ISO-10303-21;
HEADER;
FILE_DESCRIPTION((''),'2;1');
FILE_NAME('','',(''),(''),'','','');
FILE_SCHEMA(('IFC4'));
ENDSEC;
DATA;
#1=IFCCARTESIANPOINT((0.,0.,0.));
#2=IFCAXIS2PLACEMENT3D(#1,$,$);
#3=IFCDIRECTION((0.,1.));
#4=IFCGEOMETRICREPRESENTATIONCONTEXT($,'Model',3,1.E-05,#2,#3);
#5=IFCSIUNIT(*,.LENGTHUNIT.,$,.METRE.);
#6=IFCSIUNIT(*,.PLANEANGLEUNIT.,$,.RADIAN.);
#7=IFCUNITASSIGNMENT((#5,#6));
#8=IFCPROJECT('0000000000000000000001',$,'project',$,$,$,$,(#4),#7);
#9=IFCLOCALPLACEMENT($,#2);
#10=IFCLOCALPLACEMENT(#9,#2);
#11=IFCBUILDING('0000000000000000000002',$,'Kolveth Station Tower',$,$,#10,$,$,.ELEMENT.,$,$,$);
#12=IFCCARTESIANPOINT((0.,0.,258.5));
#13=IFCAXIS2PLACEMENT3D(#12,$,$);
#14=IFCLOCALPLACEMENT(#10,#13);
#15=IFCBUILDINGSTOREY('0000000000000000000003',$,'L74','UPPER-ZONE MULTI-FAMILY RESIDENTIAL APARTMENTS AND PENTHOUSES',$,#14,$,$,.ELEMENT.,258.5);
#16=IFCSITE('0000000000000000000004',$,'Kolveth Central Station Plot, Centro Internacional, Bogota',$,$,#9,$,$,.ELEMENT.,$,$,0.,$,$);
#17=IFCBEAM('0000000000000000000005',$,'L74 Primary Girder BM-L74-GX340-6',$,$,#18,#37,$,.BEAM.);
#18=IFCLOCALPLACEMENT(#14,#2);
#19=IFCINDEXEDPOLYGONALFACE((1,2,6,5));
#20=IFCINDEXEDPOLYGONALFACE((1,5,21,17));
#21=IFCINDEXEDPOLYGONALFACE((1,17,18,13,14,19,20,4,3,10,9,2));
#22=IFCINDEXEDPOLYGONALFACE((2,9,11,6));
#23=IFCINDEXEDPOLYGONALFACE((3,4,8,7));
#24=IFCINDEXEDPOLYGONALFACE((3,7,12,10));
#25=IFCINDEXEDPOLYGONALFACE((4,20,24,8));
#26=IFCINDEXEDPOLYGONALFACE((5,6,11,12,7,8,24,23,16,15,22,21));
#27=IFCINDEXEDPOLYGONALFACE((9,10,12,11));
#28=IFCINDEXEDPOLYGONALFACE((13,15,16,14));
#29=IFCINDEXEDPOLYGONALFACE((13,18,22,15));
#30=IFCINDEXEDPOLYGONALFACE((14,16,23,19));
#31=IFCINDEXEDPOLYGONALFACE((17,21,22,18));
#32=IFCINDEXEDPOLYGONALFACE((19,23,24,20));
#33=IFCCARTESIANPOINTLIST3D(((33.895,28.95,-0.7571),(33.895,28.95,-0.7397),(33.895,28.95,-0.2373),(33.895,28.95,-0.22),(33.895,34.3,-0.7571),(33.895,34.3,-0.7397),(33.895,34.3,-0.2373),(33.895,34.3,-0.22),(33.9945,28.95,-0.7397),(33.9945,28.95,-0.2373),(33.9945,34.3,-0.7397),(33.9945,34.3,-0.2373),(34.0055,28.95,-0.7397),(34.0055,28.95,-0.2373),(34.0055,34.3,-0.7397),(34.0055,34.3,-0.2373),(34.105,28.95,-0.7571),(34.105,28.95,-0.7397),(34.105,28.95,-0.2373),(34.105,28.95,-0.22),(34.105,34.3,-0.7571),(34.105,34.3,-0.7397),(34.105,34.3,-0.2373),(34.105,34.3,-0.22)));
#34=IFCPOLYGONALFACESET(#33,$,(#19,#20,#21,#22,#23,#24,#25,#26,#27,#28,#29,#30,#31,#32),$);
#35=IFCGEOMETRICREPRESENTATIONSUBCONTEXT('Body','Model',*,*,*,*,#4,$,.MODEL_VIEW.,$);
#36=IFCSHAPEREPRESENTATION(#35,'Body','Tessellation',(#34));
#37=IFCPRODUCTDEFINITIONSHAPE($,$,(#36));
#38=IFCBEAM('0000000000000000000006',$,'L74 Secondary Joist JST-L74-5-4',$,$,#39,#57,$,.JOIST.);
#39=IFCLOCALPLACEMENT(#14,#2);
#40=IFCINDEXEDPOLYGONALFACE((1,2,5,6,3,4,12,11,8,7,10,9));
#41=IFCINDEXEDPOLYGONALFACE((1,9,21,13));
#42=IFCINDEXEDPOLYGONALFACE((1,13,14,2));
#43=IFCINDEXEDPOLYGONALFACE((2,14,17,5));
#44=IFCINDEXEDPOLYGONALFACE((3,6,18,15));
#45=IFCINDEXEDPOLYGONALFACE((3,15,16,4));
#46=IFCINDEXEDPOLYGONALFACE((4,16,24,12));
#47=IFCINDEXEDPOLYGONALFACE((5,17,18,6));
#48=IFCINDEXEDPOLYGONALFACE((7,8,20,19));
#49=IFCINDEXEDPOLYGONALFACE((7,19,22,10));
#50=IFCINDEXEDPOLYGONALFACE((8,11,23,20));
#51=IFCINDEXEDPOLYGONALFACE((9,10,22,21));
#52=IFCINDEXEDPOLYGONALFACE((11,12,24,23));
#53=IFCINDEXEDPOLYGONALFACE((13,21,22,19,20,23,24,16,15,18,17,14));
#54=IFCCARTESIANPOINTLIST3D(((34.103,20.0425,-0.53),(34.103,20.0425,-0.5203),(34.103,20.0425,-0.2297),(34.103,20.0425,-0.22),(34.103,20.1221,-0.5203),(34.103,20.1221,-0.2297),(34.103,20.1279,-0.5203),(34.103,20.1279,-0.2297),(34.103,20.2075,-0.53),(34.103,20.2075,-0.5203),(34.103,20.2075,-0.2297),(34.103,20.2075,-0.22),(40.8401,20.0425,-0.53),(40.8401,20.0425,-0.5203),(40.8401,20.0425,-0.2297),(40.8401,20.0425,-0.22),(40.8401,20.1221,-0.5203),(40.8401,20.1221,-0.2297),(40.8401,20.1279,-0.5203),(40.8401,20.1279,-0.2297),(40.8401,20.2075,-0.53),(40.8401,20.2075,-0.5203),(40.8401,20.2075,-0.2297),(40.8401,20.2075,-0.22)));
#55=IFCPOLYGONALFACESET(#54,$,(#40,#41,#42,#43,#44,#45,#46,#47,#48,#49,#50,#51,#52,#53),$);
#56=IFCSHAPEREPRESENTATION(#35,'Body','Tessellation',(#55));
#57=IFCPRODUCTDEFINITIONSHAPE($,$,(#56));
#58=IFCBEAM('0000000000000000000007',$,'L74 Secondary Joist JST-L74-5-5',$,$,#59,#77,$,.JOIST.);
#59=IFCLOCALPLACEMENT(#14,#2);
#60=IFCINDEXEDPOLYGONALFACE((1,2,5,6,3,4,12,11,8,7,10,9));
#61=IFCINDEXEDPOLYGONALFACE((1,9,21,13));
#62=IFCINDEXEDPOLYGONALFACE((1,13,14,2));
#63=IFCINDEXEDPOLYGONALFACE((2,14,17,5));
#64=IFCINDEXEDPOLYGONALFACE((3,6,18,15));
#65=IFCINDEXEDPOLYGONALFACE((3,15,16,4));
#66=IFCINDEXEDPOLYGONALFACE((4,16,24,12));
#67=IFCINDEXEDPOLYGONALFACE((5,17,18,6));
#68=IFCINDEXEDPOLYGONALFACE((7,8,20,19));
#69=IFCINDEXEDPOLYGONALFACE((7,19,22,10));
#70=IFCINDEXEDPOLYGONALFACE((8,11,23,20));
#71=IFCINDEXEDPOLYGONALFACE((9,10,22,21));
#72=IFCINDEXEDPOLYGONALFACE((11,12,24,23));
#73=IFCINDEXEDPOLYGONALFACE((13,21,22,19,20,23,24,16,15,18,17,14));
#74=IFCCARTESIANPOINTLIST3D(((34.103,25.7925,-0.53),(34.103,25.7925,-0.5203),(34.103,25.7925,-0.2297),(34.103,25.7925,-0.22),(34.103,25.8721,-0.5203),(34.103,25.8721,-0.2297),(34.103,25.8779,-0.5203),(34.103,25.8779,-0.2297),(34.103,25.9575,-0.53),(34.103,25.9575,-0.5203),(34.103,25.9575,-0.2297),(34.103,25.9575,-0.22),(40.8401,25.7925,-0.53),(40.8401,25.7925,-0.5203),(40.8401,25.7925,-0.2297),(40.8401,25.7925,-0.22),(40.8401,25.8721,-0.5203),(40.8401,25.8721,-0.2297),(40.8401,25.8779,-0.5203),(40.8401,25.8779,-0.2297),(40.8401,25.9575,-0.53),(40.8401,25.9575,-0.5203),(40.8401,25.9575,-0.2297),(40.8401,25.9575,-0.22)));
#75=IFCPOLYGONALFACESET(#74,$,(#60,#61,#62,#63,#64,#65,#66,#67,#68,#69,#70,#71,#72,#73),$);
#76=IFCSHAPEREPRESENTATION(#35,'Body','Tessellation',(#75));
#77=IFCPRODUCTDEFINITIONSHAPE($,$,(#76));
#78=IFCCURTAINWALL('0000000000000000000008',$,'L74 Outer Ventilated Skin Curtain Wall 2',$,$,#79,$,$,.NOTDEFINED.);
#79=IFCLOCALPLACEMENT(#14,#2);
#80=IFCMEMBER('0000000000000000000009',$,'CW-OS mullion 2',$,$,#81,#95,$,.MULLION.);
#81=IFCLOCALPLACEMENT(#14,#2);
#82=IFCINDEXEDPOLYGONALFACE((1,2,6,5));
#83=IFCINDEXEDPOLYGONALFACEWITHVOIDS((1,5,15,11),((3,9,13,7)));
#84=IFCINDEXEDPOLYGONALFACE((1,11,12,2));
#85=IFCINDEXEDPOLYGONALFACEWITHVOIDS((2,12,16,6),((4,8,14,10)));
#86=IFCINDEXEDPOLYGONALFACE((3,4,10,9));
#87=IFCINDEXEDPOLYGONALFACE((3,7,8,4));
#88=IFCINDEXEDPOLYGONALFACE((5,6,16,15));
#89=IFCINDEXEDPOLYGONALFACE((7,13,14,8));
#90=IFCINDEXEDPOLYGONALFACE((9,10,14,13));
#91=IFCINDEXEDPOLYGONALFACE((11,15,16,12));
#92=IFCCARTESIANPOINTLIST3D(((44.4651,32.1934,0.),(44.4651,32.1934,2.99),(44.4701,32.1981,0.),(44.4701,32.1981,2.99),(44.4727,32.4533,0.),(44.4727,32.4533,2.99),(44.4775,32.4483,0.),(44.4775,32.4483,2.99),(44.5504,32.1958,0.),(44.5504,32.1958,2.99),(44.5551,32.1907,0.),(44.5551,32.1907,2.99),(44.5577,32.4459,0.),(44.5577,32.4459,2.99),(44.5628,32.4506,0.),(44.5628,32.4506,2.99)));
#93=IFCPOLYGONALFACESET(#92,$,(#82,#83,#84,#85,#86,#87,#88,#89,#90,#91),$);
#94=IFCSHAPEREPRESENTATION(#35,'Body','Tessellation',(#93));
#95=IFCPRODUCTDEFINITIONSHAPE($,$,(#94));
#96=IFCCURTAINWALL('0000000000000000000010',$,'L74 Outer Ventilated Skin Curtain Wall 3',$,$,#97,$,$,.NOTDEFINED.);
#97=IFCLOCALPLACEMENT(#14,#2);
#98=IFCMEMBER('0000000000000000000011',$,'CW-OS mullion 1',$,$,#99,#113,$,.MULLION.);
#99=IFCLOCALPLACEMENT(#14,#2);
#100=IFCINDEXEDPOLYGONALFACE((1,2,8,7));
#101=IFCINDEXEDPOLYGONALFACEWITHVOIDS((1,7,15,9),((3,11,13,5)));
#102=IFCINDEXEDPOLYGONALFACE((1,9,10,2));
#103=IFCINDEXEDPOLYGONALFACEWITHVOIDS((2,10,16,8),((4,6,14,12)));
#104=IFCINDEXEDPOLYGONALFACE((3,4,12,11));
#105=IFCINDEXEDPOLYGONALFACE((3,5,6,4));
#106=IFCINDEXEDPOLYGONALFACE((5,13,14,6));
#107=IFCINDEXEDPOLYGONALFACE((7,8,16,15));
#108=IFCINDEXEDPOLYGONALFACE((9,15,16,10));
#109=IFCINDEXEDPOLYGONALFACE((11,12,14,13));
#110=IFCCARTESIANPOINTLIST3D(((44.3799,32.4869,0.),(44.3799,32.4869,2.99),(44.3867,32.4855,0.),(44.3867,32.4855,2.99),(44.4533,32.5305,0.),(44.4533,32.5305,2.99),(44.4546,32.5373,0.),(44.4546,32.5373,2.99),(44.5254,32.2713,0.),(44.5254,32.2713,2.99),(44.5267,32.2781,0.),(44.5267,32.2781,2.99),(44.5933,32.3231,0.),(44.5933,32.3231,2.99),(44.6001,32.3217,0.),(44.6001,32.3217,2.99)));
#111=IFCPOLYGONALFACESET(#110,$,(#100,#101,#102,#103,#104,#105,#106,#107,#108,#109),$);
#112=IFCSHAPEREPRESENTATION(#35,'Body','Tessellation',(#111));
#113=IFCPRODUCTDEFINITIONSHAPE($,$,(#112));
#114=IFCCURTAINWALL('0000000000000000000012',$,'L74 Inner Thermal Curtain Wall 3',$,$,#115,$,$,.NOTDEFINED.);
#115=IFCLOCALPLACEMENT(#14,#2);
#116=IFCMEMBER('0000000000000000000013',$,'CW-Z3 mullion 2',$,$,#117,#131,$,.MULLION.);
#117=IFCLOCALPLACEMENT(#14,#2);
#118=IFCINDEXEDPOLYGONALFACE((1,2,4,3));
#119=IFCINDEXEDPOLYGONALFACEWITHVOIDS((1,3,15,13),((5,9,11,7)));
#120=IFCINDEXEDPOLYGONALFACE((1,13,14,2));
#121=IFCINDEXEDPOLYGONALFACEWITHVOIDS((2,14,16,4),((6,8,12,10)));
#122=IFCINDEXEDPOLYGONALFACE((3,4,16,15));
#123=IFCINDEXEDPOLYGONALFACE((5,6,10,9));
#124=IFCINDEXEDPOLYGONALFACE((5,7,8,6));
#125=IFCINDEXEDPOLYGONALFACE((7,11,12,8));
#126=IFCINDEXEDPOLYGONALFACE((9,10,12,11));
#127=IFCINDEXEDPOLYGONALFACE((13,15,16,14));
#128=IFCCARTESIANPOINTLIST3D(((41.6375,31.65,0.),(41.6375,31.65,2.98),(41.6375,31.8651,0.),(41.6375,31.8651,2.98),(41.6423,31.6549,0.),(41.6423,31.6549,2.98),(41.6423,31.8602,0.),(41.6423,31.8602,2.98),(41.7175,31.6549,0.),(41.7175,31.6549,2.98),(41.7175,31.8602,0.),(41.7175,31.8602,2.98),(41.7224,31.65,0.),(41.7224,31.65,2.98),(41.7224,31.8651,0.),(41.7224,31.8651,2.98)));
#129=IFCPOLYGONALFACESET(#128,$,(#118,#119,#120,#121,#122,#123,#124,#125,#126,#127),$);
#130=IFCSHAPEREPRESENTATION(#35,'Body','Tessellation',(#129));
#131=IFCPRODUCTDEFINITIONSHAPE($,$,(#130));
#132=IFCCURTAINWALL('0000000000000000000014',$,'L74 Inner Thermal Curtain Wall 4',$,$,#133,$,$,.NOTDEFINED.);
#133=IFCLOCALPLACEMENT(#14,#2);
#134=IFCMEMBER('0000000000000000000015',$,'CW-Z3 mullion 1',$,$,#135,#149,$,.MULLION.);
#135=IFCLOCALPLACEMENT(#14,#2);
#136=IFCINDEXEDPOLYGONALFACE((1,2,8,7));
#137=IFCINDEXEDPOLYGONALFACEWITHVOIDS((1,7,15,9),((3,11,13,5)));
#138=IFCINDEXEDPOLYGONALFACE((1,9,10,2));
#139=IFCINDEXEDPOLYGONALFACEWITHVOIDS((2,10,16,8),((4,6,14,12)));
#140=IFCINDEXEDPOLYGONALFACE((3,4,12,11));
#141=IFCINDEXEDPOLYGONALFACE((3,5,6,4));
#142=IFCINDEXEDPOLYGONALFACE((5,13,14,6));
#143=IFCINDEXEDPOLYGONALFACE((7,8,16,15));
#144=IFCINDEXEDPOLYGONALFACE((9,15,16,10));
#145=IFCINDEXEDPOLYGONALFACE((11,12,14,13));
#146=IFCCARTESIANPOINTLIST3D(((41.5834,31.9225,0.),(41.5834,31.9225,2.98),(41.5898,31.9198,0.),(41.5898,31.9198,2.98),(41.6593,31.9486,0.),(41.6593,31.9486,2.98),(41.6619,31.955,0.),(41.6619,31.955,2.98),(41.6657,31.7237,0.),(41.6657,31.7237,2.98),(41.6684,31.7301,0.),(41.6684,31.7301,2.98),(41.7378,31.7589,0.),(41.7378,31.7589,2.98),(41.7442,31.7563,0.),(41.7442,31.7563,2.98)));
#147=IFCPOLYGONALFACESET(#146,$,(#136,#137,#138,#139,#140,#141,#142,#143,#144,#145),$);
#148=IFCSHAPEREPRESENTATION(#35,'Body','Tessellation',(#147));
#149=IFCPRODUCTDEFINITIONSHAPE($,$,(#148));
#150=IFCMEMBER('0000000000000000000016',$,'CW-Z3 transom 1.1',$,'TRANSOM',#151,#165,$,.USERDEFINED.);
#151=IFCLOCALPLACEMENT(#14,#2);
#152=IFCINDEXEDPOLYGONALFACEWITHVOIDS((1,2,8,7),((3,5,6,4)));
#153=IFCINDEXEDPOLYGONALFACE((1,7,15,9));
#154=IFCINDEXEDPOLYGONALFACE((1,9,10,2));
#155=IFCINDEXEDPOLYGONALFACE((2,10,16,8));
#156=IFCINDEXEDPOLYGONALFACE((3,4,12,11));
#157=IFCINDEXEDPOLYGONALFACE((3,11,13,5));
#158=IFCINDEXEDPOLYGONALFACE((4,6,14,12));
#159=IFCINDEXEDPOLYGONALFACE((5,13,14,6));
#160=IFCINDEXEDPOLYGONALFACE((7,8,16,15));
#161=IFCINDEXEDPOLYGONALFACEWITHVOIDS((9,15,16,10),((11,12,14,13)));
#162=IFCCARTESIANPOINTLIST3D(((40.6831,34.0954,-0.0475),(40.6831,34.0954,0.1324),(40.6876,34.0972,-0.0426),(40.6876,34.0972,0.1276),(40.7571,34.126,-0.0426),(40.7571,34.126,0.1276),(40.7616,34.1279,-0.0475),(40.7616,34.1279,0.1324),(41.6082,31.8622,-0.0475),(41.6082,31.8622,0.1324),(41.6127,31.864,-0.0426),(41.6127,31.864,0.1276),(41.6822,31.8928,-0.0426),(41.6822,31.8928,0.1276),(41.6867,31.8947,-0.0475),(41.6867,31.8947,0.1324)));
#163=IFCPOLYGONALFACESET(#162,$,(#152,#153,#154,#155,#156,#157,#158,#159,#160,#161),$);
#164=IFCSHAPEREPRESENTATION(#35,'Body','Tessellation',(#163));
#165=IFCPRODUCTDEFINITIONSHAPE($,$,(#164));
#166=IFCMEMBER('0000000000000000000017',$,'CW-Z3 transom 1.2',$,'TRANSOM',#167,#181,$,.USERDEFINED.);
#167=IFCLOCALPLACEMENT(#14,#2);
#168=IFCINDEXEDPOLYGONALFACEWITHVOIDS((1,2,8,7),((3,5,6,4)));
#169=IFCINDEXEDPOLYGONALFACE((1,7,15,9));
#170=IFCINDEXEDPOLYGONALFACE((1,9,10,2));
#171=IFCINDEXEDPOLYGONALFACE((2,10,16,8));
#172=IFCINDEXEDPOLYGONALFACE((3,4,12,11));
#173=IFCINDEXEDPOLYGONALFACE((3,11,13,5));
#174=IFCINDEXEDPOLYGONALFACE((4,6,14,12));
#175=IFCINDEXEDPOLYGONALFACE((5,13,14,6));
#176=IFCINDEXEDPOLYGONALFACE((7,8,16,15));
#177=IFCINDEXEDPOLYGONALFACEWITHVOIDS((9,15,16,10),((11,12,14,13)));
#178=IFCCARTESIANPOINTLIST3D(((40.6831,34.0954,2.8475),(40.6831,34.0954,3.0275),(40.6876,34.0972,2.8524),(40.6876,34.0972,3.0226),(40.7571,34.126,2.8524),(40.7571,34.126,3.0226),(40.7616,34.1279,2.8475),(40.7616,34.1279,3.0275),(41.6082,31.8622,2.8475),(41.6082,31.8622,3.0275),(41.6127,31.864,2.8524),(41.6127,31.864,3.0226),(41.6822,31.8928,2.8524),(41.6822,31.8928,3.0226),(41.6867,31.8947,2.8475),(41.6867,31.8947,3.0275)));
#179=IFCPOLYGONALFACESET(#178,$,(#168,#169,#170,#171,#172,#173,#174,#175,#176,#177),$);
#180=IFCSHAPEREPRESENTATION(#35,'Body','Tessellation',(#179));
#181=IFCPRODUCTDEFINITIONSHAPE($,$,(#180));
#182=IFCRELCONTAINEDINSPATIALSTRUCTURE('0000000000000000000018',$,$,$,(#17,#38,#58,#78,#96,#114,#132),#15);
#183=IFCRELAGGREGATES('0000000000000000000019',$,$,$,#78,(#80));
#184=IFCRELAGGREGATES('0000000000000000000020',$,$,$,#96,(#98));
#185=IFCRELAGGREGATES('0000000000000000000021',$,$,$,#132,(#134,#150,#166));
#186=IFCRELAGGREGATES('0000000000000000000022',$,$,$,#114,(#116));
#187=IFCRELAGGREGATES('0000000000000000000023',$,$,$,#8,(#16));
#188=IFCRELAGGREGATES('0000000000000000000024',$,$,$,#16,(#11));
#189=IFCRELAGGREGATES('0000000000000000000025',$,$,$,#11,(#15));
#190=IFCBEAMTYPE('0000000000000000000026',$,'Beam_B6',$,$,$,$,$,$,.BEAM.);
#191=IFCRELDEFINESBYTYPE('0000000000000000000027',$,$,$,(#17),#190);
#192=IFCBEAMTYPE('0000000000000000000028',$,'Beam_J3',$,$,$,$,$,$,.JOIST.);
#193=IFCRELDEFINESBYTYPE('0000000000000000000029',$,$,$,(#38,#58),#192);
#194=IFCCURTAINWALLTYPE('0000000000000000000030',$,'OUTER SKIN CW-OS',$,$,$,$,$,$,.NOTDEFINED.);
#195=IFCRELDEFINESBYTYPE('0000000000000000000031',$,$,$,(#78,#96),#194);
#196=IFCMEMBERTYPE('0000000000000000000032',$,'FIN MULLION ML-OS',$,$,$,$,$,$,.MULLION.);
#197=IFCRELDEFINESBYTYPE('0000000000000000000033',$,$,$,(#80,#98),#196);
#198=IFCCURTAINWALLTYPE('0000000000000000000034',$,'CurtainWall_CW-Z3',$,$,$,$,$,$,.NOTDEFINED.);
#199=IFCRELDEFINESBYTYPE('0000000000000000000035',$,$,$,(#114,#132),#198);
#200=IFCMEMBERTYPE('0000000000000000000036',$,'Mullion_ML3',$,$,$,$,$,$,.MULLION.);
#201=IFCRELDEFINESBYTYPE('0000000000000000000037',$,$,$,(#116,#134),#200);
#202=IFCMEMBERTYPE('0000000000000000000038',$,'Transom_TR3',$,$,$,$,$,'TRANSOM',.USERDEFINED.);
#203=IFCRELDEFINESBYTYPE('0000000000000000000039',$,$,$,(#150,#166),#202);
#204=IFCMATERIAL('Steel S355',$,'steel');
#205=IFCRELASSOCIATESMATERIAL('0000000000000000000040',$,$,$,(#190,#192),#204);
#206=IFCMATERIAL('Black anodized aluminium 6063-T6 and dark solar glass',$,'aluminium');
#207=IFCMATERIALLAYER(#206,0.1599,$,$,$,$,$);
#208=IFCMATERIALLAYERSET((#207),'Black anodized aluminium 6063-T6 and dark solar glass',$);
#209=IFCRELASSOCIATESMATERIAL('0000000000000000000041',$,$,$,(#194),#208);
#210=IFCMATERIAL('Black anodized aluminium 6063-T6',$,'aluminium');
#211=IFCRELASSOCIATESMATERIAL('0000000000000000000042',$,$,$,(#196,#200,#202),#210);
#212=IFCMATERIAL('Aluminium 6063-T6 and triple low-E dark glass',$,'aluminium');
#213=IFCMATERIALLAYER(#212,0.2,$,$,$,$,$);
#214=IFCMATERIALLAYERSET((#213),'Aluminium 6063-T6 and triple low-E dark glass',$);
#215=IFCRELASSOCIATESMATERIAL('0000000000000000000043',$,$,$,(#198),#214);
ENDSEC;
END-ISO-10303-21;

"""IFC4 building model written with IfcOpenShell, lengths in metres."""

from ifc_helpers import new_model, si_unit, direction, frame, origin, origin_2d, place, context, subcontext, project, spatial, hollow_rectangle, i_section, extrude, source, transform, mapped, material, layer, layer_set, material_profile, profile_set, type_object, element, aggregate, save


model = new_model("IFC4")

# Units and contexts
model_context = context("Model", 3, precision=1e-05, world=origin(), true_north=direction((0.0, 1.0)))
body_context = subcontext(model_context, "Body", "Model", "MODEL_VIEW")
ifc_project = project(units=[si_unit("LENGTHUNIT", "METRE"), si_unit("PLANEANGLEUNIT", "RADIAN")], contexts=[model_context])

# Site, building, storey
site_placement = place(None, origin())
site = spatial("IfcSite", under=ifc_project, at=site_placement, Name="Kolveth Central Station Plot, Centro Internacional, Bogota", CompositionType="ELEMENT", RefElevation=0.0)
building_placement = place(site_placement, origin())
building = spatial("IfcBuilding", under=site, at=building_placement, Name="Kolveth Station Tower", CompositionType="ELEMENT")
storey_placement = place(building_placement, frame((0.0, 0.0, 258.5)))
storey = spatial("IfcBuildingStorey", under=building, at=storey_placement, Name="L74", Description="UPPER-ZONE MULTI-FAMILY RESIDENTIAL APARTMENTS AND PENTHOUSES", CompositionType="ELEMENT", Elevation=258.5)

# Shared definitions
ifc_material_1 = material(Name="Steel S355", Category="steel")

# Beams
ifc_material_profile_1 = material_profile(ifc_material_1, i_section(OverallWidth=0.21, OverallDepth=0.5371, WebThickness=0.011, FlangeThickness=0.0173, at=origin_2d()), Name="W530x101")
ifc_profile_set_1 = profile_set([ifc_material_profile_1], Name="Steel S355")
beam_type_1 = type_object("IfcBeamType", Name="Beam_B6", PredefinedType="BEAM", material=ifc_profile_set_1)
shared_shape_1 = source(origin(), body_context, "Body", "SweptSolid", [
    extrude(i_section(OverallWidth=0.21, OverallDepth=0.5371, WebThickness=0.011, FlangeThickness=0.0173, at=origin_2d()), origin(), (0.0, 0.0, 1.0), 5.3501),
])
beam_1_placement = place(storey_placement, frame((34.0, 28.95, -0.4885), z_axis=(0.0, 1.0, 0.0), x_axis=(-1.0, 0.0, 0.0)))
element("IfcBeam", 1, at=beam_1_placement, inside=storey, type_object=beam_type_1, Name="L74 Primary Girder BM-L74-GX340-6", PredefinedType="BEAM", context=body_context, shape_type="MappedRepresentation", body=[
    mapped(shared_shape_1, transform((0.0, 0.0, 0.0), x_axis=(1.0, 0.0, 0.0), y_axis=(0.0, 1.0, 0.0), z_axis=(0.0, 0.0, 1.0), scale=1.0)),
])
ifc_material_profile_2 = material_profile(ifc_material_1, i_section(OverallWidth=0.165, OverallDepth=0.3101, WebThickness=0.0059, FlangeThickness=0.0098, at=origin_2d()), Name="W310x39")
ifc_profile_set_2 = profile_set([ifc_material_profile_2], Name="Steel S355")
beam_type_2 = type_object("IfcBeamType", Name="Beam_J3", PredefinedType="JOIST", material=ifc_profile_set_2)
shared_shape_2 = source(origin(), body_context, "Body", "SweptSolid", [
    extrude(i_section(OverallWidth=0.165, OverallDepth=0.3101, WebThickness=0.0059, FlangeThickness=0.0098, at=origin_2d()), origin(), (0.0, 0.0, 1.0), 6.7371),
])
for number, where, z_axis, x_axis, name in (
    (2, (34.103, 20.125, -0.375), (1.0, 0.0, 0.0), (0.0, 1.0, 0.0), "L74 Secondary Joist JST-L74-5-4"),
    (3, (34.103, 25.875, -0.375), (1.0, 0.0, 0.0), (0.0, 1.0, 0.0), "L74 Secondary Joist JST-L74-5-5"),
):
    element("IfcBeam", number, at=place(storey_placement, frame(where, z_axis=z_axis, x_axis=x_axis)), inside=storey, type_object=beam_type_2, Name=name, PredefinedType="JOIST", context=body_context, shape_type="MappedRepresentation", body=[
        mapped(shared_shape_2, transform((0.0, 0.0, 0.0), x_axis=(1.0, 0.0, 0.0), y_axis=(0.0, 1.0, 0.0), z_axis=(0.0, 0.0, 1.0), scale=1.0)),
    ])

# Curtain walls, members
ifc_material_2 = material(Name="Black anodized aluminium 6063-T6 and dark solar glass", Category="aluminium")
ifc_layer_1 = layer(ifc_material_2, 0.1599)
ifc_layer_set_1 = layer_set([ifc_layer_1], Name="Black anodized aluminium 6063-T6 and dark solar glass")
curtain_wall_type_1 = type_object("IfcCurtainWallType", Name="OUTER SKIN CW-OS", PredefinedType="NOTDEFINED", material=ifc_layer_set_1)
curtain_wall_1_placement = place(storey_placement, origin())
curtain_wall_1 = element("IfcCurtainWall", 4, at=curtain_wall_1_placement, inside=storey, type_object=curtain_wall_type_1, Name="L74 Outer Ventilated Skin Curtain Wall 2", PredefinedType="NOTDEFINED")
ifc_material_3 = material(Name="Black anodized aluminium 6063-T6", Category="aluminium")
ifc_material_profile_3 = material_profile(ifc_material_3, hollow_rectangle(XDim=0.0901, YDim=0.26, WallThickness=0.0049, at=origin_2d()), Name="ALU-90x260x5")
ifc_profile_set_3 = profile_set([ifc_material_profile_3], Name="Black anodized aluminium 6063-T6")
member_type_1 = type_object("IfcMemberType", Name="FIN MULLION ML-OS", PredefinedType="MULLION", material=ifc_profile_set_3)
shared_shape_3 = source(origin(), body_context, "Body", "SweptSolid", [
    extrude(hollow_rectangle(XDim=0.0901, YDim=0.26, WallThickness=0.0049, at=origin_2d()), origin(), (0.0, 0.0, 1.0), 2.99),
])
member_1_placement = place(storey_placement, frame((44.5139, 32.322, 0.0), z_axis=(0.0, 0.0, 1.0), x_axis=(-0.999567, 0.029433, 0.0)))
member_1 = element("IfcMember", 5, at=member_1_placement, type_object=member_type_1, Name="CW-OS mullion 2", PredefinedType="MULLION", context=body_context, shape_type="MappedRepresentation", body=[
    mapped(shared_shape_3, transform((0.0, 0.0, 0.0), x_axis=(1.0, 0.0, 0.0), y_axis=(0.0, 1.0, 0.0), z_axis=(0.0, 0.0, 1.0), scale=1.0)),
])
aggregate(curtain_wall_1, [member_1])
curtain_wall_2_placement = place(storey_placement, origin())
curtain_wall_2 = element("IfcCurtainWall", 6, at=curtain_wall_2_placement, inside=storey, type_object=curtain_wall_type_1, Name="L74 Outer Ventilated Skin Curtain Wall 3", PredefinedType="NOTDEFINED")
member_2_placement = place(storey_placement, frame((44.49, 32.4043, 0.0), z_axis=(0.0, 0.0, 1.0), x_axis=(-0.828883, -0.559422, 0.0)))
member_2 = element("IfcMember", 7, at=member_2_placement, type_object=member_type_1, Name="CW-OS mullion 1", PredefinedType="MULLION", context=body_context, shape_type="MappedRepresentation", body=[
    mapped(shared_shape_3, transform((0.0, 0.0, 0.0), x_axis=(1.0, 0.0, 0.0), y_axis=(0.0, 1.0, 0.0), z_axis=(0.0, 0.0, 1.0), scale=1.0)),
])
aggregate(curtain_wall_2, [member_2])
ifc_material_4 = material(Name="Aluminium 6063-T6 and triple low-E dark glass", Category="aluminium")
ifc_layer_2 = layer(ifc_material_4, 0.2)
ifc_layer_set_2 = layer_set([ifc_layer_2], Name="Aluminium 6063-T6 and triple low-E dark glass")
curtain_wall_type_2 = type_object("IfcCurtainWallType", Name="CurtainWall_CW-Z3", PredefinedType="NOTDEFINED", material=ifc_layer_set_2)
curtain_wall_3_placement = place(storey_placement, origin())
curtain_wall_3 = element("IfcCurtainWall", 8, at=curtain_wall_3_placement, inside=storey, type_object=curtain_wall_type_2, Name="L74 Inner Thermal Curtain Wall 3", PredefinedType="NOTDEFINED")
ifc_material_profile_4 = material_profile(ifc_material_3, hollow_rectangle(XDim=0.085, YDim=0.2151, WallThickness=0.0049, at=origin_2d()), Name="ALU-85x215x5")
ifc_profile_set_4 = profile_set([ifc_material_profile_4], Name="Black anodized aluminium 6063-T6")
member_type_2 = type_object("IfcMemberType", Name="Mullion_ML3", PredefinedType="MULLION", material=ifc_profile_set_4)
shared_shape_4 = source(origin(), body_context, "Body", "SweptSolid", [
    extrude(hollow_rectangle(XDim=0.085, YDim=0.2151, WallThickness=0.0049, at=origin_2d()), origin(), (0.0, 0.0, 1.0), 2.98),
])
member_3_placement = place(storey_placement, frame((41.6799, 31.7576, 0.0), z_axis=(0.0, 0.0, 1.0), x_axis=(-1.0, 0.0, 0.0)))
member_3 = element("IfcMember", 9, at=member_3_placement, type_object=member_type_2, Name="CW-Z3 mullion 2", PredefinedType="MULLION", context=body_context, shape_type="MappedRepresentation", body=[
    mapped(shared_shape_4, transform((0.0, 0.0, 0.0), x_axis=(1.0, 0.0, 0.0), y_axis=(0.0, 1.0, 0.0), z_axis=(0.0, 0.0, 1.0), scale=1.0)),
])

# Curtain wall, members
curtain_wall_4_placement = place(storey_placement, origin())
curtain_wall_4 = element("IfcCurtainWall", 10, at=curtain_wall_4_placement, inside=storey, type_object=curtain_wall_type_2, Name="L74 Inner Thermal Curtain Wall 4", PredefinedType="NOTDEFINED")
member_4_placement = place(storey_placement, frame((41.6638, 31.8394, 0.0), z_axis=(0.0, 0.0, 1.0), x_axis=(-0.923875, -0.382693, 0.0)))
member_4 = element("IfcMember", 11, at=member_4_placement, type_object=member_type_2, Name="CW-Z3 mullion 1", PredefinedType="MULLION", context=body_context, shape_type="MappedRepresentation", body=[
    mapped(shared_shape_4, transform((0.0, 0.0, 0.0), x_axis=(1.0, 0.0, 0.0), y_axis=(0.0, 1.0, 0.0), z_axis=(0.0, 0.0, 1.0), scale=1.0)),
])
ifc_material_profile_5 = material_profile(ifc_material_3, hollow_rectangle(XDim=0.085, YDim=0.1799, WallThickness=0.0049, at=origin_2d()), Name="ALU-85x180x5")
ifc_profile_set_5 = profile_set([ifc_material_profile_5], Name="Black anodized aluminium 6063-T6")
member_type_3 = type_object("IfcMemberType", Name="Transom_TR3", ElementType="TRANSOM", PredefinedType="USERDEFINED", material=ifc_profile_set_5)
shared_shape_5 = source(origin(), body_context, "Body", "SweptSolid", [
    extrude(hollow_rectangle(XDim=0.085, YDim=0.1799, WallThickness=0.0049, at=origin_2d()), origin(), (0.0, 0.0, 1.0), 2.4172),
])
member_5_placement = place(storey_placement, frame((41.6475, 31.8784, 0.0425), z_axis=(-0.3827, 0.923873, 0.0), x_axis=(-0.923873, -0.3827, 0.0)))
member_5 = element("IfcMember", 12, at=member_5_placement, type_object=member_type_3, Name="CW-Z3 transom 1.1", ObjectType="TRANSOM", PredefinedType="USERDEFINED", context=body_context, shape_type="MappedRepresentation", body=[
    mapped(shared_shape_5, transform((0.0, 0.0, 0.0), x_axis=(1.0, 0.0, 0.0), y_axis=(0.0, 1.0, 0.0), z_axis=(0.0, 0.0, 1.0), scale=1.0)),
])
member_6_placement = place(storey_placement, frame((41.6475, 31.8784, 2.9375), z_axis=(-0.3827, 0.923873, 0.0), x_axis=(-0.923873, -0.3827, 0.0)))
member_6 = element("IfcMember", 13, at=member_6_placement, type_object=member_type_3, Name="CW-Z3 transom 1.2", ObjectType="TRANSOM", PredefinedType="USERDEFINED", context=body_context, shape_type="MappedRepresentation", body=[
    mapped(shared_shape_5, transform((0.0, 0.0, 0.0), x_axis=(1.0, 0.0, 0.0), y_axis=(0.0, 1.0, 0.0), z_axis=(0.0, 0.0, 1.0), scale=1.0)),
])
aggregate(curtain_wall_4, [member_4, member_5, member_6])

aggregate(curtain_wall_3, [member_3])

save(model, "model.ifc")
